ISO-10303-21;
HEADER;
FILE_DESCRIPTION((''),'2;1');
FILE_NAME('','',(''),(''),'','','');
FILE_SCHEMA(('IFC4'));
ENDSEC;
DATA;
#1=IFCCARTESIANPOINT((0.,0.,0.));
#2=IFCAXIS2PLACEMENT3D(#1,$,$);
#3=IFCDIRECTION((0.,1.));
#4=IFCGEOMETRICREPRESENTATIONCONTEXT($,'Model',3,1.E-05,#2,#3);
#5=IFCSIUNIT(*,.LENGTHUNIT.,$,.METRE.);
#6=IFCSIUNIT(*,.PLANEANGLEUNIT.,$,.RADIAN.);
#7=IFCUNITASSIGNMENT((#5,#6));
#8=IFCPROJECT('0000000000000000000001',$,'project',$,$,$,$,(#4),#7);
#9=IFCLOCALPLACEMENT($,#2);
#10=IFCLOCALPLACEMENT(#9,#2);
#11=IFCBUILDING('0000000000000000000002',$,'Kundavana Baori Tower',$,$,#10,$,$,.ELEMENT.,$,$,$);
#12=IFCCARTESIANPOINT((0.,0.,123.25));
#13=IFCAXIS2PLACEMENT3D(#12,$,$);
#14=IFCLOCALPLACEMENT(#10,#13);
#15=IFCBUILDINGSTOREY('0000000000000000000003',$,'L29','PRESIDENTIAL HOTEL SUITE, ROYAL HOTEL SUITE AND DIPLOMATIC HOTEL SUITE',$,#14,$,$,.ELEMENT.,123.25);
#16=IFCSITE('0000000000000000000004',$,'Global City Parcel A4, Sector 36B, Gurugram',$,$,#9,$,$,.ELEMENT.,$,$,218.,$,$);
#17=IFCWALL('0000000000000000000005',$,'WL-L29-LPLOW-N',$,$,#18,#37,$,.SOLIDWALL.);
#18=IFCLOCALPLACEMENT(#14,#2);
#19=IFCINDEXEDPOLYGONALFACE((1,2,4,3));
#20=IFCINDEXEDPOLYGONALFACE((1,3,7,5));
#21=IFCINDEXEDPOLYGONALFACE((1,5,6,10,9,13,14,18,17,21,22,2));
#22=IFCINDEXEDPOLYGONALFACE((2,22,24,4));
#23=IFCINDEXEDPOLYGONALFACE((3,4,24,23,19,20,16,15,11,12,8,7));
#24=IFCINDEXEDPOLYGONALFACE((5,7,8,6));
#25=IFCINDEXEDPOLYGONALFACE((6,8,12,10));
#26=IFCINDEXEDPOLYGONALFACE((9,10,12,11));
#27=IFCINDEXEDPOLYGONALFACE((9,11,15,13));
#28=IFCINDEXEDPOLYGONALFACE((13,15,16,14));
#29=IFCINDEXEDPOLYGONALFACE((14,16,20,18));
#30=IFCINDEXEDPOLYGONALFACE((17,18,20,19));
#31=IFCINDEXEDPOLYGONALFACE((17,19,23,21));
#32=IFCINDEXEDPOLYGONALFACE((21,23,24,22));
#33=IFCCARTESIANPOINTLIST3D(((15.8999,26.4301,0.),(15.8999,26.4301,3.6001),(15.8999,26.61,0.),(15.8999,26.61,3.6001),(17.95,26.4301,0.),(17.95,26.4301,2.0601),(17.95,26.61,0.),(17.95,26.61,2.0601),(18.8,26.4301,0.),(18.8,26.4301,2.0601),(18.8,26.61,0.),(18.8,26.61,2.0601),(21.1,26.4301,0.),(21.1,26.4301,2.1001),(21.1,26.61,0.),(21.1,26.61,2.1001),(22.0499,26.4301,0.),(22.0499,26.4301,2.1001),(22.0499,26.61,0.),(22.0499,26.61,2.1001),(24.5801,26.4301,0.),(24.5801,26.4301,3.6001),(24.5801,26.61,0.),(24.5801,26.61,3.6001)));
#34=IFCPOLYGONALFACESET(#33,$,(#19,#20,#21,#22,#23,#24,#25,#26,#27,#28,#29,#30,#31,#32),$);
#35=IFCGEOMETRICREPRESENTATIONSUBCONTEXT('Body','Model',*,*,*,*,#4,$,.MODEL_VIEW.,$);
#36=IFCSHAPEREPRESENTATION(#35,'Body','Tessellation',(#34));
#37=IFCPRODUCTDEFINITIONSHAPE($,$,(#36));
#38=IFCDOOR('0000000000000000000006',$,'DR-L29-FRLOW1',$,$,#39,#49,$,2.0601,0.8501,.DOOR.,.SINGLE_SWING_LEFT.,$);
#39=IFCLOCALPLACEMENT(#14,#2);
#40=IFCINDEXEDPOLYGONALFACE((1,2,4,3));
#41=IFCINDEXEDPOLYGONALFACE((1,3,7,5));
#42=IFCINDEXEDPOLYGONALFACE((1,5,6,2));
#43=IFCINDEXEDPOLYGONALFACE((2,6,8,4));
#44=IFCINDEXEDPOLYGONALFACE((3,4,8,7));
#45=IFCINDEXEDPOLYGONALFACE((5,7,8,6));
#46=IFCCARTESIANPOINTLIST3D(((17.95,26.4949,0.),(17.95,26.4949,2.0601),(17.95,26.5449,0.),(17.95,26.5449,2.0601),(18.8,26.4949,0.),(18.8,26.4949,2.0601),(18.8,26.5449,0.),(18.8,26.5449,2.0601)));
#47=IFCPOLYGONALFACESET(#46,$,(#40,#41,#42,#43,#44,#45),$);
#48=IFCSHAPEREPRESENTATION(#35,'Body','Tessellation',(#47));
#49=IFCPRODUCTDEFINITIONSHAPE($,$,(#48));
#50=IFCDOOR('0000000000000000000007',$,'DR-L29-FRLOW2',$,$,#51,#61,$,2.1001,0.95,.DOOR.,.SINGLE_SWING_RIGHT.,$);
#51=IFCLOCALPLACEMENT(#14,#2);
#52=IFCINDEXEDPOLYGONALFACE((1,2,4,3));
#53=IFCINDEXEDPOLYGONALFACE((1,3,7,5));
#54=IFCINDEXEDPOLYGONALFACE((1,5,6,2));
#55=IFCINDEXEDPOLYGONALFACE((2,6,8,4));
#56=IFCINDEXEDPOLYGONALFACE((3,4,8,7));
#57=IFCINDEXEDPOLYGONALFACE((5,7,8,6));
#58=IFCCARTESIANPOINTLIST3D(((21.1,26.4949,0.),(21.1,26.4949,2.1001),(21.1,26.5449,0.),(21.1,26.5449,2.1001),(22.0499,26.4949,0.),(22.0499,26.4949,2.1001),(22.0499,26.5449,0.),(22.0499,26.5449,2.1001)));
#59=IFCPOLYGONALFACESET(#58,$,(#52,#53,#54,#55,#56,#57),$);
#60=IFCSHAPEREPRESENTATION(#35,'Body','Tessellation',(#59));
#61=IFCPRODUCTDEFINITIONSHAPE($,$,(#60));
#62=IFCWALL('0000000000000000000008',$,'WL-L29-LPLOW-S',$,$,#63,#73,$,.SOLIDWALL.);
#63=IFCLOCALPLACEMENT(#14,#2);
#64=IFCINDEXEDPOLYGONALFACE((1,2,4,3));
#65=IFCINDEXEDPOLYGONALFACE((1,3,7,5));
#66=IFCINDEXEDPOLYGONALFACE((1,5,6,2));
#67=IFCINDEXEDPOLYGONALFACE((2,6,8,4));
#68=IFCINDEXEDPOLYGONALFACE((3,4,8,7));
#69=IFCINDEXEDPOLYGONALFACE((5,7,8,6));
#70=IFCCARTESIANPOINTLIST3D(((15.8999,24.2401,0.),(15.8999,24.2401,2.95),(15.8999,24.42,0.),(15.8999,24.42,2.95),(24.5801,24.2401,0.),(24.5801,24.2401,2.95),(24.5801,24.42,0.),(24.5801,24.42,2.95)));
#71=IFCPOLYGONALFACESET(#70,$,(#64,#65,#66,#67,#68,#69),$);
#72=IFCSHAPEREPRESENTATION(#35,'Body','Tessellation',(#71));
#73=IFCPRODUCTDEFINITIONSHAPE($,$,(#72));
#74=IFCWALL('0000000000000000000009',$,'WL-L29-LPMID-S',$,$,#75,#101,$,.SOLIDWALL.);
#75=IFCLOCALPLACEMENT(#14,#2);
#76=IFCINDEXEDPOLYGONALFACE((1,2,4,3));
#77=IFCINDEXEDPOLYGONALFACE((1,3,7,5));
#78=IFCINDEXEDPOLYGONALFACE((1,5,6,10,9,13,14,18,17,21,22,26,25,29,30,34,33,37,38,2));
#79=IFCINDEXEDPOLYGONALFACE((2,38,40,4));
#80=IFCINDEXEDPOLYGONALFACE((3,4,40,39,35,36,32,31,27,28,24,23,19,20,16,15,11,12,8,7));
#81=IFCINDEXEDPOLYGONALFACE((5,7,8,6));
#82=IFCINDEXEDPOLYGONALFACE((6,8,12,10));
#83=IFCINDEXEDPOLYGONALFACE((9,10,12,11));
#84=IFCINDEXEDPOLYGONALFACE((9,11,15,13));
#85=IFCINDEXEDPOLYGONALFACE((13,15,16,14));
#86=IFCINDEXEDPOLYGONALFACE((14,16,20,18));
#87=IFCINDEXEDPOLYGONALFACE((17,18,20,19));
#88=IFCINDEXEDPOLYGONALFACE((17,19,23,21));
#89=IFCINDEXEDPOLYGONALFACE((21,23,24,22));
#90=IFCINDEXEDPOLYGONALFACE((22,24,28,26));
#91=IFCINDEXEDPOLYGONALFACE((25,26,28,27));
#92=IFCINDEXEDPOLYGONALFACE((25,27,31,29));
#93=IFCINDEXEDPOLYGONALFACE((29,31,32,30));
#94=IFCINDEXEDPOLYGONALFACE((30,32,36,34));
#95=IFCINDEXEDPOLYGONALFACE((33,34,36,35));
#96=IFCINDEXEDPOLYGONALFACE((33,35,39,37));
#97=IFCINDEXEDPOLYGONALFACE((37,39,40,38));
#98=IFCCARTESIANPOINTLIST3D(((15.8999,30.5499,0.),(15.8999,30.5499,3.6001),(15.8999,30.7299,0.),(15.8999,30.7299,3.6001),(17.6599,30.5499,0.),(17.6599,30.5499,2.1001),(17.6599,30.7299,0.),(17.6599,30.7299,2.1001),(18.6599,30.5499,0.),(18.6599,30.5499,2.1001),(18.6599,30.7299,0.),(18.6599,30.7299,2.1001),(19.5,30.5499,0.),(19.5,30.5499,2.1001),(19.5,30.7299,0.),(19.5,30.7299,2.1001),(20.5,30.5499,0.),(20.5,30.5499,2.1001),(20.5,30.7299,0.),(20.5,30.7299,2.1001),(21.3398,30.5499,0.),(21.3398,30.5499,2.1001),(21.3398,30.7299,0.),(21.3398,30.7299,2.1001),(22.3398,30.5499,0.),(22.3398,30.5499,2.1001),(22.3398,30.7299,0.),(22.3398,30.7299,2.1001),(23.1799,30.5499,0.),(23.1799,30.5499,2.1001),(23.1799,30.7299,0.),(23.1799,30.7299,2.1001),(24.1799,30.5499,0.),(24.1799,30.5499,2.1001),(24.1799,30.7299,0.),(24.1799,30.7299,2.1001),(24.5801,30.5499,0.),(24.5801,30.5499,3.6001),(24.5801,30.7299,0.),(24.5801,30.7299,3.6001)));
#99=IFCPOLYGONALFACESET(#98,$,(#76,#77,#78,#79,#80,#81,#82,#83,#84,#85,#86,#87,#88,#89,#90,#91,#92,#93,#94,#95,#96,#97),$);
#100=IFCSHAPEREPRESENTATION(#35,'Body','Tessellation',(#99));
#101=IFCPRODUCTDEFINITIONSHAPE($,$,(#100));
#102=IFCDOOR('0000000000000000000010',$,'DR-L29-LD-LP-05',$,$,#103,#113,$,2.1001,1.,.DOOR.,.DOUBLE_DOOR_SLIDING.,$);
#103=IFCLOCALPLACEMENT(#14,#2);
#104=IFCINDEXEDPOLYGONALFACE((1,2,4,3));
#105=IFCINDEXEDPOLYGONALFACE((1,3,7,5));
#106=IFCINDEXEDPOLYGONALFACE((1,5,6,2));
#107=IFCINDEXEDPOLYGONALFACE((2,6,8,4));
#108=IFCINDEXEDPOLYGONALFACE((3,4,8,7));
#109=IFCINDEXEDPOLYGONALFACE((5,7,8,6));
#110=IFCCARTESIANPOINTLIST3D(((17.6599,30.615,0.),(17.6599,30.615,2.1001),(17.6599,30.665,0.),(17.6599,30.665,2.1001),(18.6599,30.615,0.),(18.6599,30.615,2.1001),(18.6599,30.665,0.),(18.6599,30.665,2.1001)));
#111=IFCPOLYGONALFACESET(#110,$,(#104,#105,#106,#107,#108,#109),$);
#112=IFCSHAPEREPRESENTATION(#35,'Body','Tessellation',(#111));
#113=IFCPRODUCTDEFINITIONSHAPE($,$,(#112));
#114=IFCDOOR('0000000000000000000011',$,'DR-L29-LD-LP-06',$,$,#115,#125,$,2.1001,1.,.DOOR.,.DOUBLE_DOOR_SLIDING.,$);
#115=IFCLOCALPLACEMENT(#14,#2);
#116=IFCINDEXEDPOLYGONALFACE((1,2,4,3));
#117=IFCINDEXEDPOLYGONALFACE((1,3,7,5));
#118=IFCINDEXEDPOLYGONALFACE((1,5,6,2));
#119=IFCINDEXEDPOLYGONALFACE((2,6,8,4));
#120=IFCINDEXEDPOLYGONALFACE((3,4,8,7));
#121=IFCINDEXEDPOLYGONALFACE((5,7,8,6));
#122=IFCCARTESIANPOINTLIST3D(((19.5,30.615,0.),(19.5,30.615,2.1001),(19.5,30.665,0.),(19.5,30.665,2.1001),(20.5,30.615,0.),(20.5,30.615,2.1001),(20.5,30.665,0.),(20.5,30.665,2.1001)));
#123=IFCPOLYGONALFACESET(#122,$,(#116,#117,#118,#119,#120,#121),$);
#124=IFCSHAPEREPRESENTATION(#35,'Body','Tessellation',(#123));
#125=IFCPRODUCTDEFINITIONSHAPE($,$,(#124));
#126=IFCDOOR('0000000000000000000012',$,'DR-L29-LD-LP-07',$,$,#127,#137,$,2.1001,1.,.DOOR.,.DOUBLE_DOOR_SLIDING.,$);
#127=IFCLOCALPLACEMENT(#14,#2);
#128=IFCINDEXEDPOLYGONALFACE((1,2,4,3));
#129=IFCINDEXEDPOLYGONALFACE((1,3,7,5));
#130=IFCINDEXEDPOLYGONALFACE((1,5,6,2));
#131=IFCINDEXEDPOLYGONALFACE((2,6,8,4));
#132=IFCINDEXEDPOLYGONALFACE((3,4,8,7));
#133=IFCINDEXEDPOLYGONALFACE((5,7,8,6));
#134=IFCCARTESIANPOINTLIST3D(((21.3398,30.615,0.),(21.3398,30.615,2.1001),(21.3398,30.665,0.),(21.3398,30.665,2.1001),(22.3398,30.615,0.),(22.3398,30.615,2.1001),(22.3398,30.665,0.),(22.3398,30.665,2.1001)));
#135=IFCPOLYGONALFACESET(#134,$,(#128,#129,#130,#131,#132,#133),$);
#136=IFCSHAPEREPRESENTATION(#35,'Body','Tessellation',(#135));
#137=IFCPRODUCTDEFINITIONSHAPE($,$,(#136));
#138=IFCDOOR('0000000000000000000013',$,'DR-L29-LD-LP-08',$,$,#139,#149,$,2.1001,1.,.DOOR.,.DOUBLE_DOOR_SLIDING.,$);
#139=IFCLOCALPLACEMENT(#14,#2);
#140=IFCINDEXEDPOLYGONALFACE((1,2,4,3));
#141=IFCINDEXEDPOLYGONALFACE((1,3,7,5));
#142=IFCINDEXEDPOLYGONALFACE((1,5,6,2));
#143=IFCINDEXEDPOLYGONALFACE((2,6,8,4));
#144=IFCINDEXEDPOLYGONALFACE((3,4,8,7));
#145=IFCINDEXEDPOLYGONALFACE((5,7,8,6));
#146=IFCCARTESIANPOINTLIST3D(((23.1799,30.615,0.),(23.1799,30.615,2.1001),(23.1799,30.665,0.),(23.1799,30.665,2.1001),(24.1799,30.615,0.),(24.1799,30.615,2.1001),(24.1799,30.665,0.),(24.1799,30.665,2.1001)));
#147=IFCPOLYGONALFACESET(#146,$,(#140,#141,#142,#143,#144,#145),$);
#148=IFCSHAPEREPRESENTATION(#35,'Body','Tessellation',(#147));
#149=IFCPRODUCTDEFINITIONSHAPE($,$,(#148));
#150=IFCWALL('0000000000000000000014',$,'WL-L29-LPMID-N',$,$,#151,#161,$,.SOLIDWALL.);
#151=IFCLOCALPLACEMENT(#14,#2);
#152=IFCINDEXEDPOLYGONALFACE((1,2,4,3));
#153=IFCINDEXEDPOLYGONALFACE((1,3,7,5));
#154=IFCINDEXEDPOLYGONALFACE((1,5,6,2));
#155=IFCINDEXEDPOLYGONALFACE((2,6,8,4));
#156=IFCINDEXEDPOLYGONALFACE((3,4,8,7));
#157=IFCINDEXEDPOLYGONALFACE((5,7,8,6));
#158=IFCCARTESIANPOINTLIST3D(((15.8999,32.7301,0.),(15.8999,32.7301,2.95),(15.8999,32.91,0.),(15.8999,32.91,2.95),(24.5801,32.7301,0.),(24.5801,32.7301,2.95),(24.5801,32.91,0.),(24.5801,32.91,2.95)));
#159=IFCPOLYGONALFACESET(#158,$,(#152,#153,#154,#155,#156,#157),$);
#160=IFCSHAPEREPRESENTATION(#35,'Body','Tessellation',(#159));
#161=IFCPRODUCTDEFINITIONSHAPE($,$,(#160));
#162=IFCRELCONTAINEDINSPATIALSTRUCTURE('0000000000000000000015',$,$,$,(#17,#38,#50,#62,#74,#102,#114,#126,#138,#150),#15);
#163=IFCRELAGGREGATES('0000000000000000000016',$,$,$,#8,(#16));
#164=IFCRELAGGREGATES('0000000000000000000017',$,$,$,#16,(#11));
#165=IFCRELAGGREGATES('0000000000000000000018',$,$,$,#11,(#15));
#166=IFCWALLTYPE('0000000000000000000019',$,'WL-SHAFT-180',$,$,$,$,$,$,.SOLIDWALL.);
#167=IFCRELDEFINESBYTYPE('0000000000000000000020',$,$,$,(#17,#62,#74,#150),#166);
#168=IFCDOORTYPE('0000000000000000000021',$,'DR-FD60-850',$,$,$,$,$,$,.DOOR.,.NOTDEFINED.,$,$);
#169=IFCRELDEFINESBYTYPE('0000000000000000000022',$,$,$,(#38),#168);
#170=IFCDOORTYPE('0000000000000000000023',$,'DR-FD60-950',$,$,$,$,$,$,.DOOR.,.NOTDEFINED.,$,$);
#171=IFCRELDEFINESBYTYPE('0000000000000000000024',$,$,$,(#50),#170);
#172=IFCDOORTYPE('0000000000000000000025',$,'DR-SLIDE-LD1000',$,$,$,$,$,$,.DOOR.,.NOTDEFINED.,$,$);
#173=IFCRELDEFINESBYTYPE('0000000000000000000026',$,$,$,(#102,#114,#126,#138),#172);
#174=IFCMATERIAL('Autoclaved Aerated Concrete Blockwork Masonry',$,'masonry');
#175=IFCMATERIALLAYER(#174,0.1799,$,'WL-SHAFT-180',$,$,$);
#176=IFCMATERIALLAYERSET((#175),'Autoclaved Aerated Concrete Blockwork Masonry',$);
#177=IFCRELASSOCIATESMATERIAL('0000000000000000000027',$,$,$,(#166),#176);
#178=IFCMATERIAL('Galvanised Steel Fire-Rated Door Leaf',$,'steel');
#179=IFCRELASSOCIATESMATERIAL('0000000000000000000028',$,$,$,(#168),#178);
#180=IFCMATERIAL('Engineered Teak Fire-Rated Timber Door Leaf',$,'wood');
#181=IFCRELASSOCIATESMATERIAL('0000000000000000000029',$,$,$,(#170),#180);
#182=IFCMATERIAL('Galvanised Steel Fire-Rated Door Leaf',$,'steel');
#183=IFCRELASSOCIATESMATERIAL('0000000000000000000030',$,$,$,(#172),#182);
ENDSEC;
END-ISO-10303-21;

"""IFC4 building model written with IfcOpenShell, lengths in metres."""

from ifc_helpers import new_model, si_unit, direction, frame, frame_2d, origin, place, context, subcontext, project, spatial, rectangle, extrude, material, layer, layer_set, type_object, element, fill, save


model = new_model("IFC4")

# Units and contexts
model_context = context("Model", 3, precision=1e-05, world=origin(), true_north=direction((0.0, 1.0)))
body_context = subcontext(model_context, "Body", "Model", "MODEL_VIEW")
ifc_project = project(units=[si_unit("LENGTHUNIT", "METRE"), si_unit("PLANEANGLEUNIT", "RADIAN")], contexts=[model_context])

# Site, building, storey
site_placement = place(None, origin())
site = spatial("IfcSite", under=ifc_project, at=site_placement, Name="Global City Parcel A4, Sector 36B, Gurugram", CompositionType="ELEMENT", RefElevation=218.0)
building_placement = place(site_placement, origin())
building = spatial("IfcBuilding", under=site, at=building_placement, Name="Kundavana Baori Tower", CompositionType="ELEMENT")
storey_placement = place(building_placement, frame((0.0, 0.0, 123.25)))
storey = spatial("IfcBuildingStorey", under=building, at=storey_placement, Name="L29", Description="PRESIDENTIAL HOTEL SUITE, ROYAL HOTEL SUITE AND DIPLOMATIC HOTEL SUITE", CompositionType="ELEMENT", Elevation=123.25)

# Wall, openings, doors
ifc_material_1 = material(Name="Autoclaved Aerated Concrete Blockwork Masonry", Category="masonry")
ifc_layer_1 = layer(ifc_material_1, 0.1799, Name="WL-SHAFT-180")
ifc_layer_set_1 = layer_set([ifc_layer_1], Name="Autoclaved Aerated Concrete Blockwork Masonry")
wall_type_1 = type_object("IfcWallType", Name="WL-SHAFT-180", PredefinedType="SOLIDWALL", material=ifc_layer_set_1)
wall_1_placement = place(storey_placement, frame((15.8999, 26.52, 0.0), z_axis=(0.0, 0.0, 1.0), x_axis=(1.0, 0.0, 0.0)))
wall_1 = element("IfcWall", 1, at=wall_1_placement, inside=storey, type_object=wall_type_1, Name="WL-L29-LPLOW-N", PredefinedType="SOLIDWALL", context=body_context, shape_type="SweptSolid", body=[
    extrude(rectangle(XDim=8.6802, YDim=0.1799, at=frame_2d((4.3401, 0.0))), origin(), (0.0, 0.0, 1.0), 3.6001),
])
opening_1_placement = place(wall_1_placement, frame((2.05, 0.0, 0.0)))
opening_1 = element("IfcOpeningElement", 2, at=opening_1_placement, cuts=wall_1, PredefinedType="OPENING", context=body_context, shape_type="SweptSolid", body=[
    extrude(rectangle(XDim=0.8501, YDim=2.0601, at=frame_2d((0.425, 1.03))), frame((0.0, 0.1001, 0.0), z_axis=(0.0, -1.0, 0.0), x_axis=(1.0, 0.0, 0.0)), (0.0, 0.0, 1.0), 0.2),
])
opening_2_placement = place(wall_1_placement, frame((5.2, 0.0, 0.0)))
opening_2 = element("IfcOpeningElement", 3, at=opening_2_placement, cuts=wall_1, PredefinedType="OPENING", context=body_context, shape_type="SweptSolid", body=[
    extrude(rectangle(XDim=0.95, YDim=2.1001, at=frame_2d((0.4751, 1.05))), frame((0.0, 0.1001, 0.0), z_axis=(0.0, -1.0, 0.0), x_axis=(1.0, 0.0, 0.0)), (0.0, 0.0, 1.0), 0.2),
])
ifc_material_2 = material(Name="Galvanised Steel Fire-Rated Door Leaf", Category="steel")
door_type_1 = type_object("IfcDoorType", Name="DR-FD60-850", OperationType="NOTDEFINED", PredefinedType="DOOR", material=ifc_material_2)
door_1_placement = place(opening_1_placement, origin())
door_1 = element("IfcDoor", 4, at=door_1_placement, inside=storey, type_object=door_type_1, Name="DR-L29-FRLOW1", OperationType="SINGLE_SWING_LEFT", OverallHeight=2.0601, OverallWidth=0.8501, PredefinedType="DOOR", context=body_context, shape_type="SweptSolid", body=[
    extrude(rectangle(XDim=0.8501, YDim=2.0601, at=frame_2d((0.425, 1.03))), frame((0.0, 0.0249, 0.0), z_axis=(0.0, -1.0, 0.0), x_axis=(1.0, 0.0, 0.0)), (0.0, 0.0, 1.0), 0.05),
])
fill(opening_1, door_1)
ifc_material_3 = material(Name="Engineered Teak Fire-Rated Timber Door Leaf", Category="wood")
door_type_2 = type_object("IfcDoorType", Name="DR-FD60-950", OperationType="NOTDEFINED", PredefinedType="DOOR", material=ifc_material_3)
door_2_placement = place(opening_2_placement, origin())
door_2 = element("IfcDoor", 5, at=door_2_placement, inside=storey, type_object=door_type_2, Name="DR-L29-FRLOW2", OperationType="SINGLE_SWING_RIGHT", OverallHeight=2.1001, OverallWidth=0.95, PredefinedType="DOOR", context=body_context, shape_type="SweptSolid", body=[
    extrude(rectangle(XDim=0.95, YDim=2.1001, at=frame_2d((0.4751, 1.05))), frame((0.0, 0.0249, 0.0), z_axis=(0.0, -1.0, 0.0), x_axis=(1.0, 0.0, 0.0)), (0.0, 0.0, 1.0), 0.05),
])
fill(opening_2, door_2)

# Wall
wall_2_placement = place(storey_placement, frame((15.8999, 24.3301, 0.0), z_axis=(0.0, 0.0, 1.0), x_axis=(1.0, 0.0, 0.0)))
element("IfcWall", 6, at=wall_2_placement, inside=storey, type_object=wall_type_1, Name="WL-L29-LPLOW-S", PredefinedType="SOLIDWALL", context=body_context, shape_type="SweptSolid", body=[
    extrude(rectangle(XDim=8.6802, YDim=0.1799, at=frame_2d((4.3401, 0.0))), origin(), (0.0, 0.0, 1.0), 2.95),
])

# Wall, openings, doors
wall_3_placement = place(storey_placement, frame((15.8999, 30.6399, 0.0), z_axis=(0.0, 0.0, 1.0), x_axis=(1.0, 0.0, 0.0)))
wall_3 = element("IfcWall", 7, at=wall_3_placement, inside=storey, type_object=wall_type_1, Name="WL-L29-LPMID-S", PredefinedType="SOLIDWALL", context=body_context, shape_type="SweptSolid", body=[
    extrude(rectangle(XDim=8.6802, YDim=0.1799, at=frame_2d((4.3401, 0.0))), origin(), (0.0, 0.0, 1.0), 3.6001),
])
opening_3_placement = place(wall_3_placement, frame((1.76, 0.0, 0.0)))
opening_3 = element("IfcOpeningElement", 8, at=opening_3_placement, cuts=wall_3, PredefinedType="OPENING", context=body_context, shape_type="SweptSolid", body=[
    extrude(rectangle(XDim=1.0, YDim=2.1001, at=frame_2d((0.5, 1.05))), frame((0.0, 0.1001, 0.0), z_axis=(0.0, -1.0, 0.0), x_axis=(1.0, 0.0, 0.0)), (0.0, 0.0, 1.0), 0.2),
])
opening_4_placement = place(wall_3_placement, frame((3.6001, 0.0, 0.0)))
opening_4 = element("IfcOpeningElement", 9, at=opening_4_placement, cuts=wall_3, PredefinedType="OPENING", context=body_context, shape_type="SweptSolid", body=[
    extrude(rectangle(XDim=1.0, YDim=2.1001, at=frame_2d((0.5, 1.05))), frame((0.0, 0.1001, 0.0), z_axis=(0.0, -1.0, 0.0), x_axis=(1.0, 0.0, 0.0)), (0.0, 0.0, 1.0), 0.2),
])
opening_5_placement = place(wall_3_placement, frame((5.4399, 0.0, 0.0)))
opening_5 = element("IfcOpeningElement", 10, at=opening_5_placement, cuts=wall_3, PredefinedType="OPENING", context=body_context, shape_type="SweptSolid", body=[
    extrude(rectangle(XDim=1.0, YDim=2.1001, at=frame_2d((0.5, 1.05))), frame((0.0, 0.1001, 0.0), z_axis=(0.0, -1.0, 0.0), x_axis=(1.0, 0.0, 0.0)), (0.0, 0.0, 1.0), 0.2),
])
opening_6_placement = place(wall_3_placement, frame((7.28, 0.0, 0.0)))
opening_6 = element("IfcOpeningElement", 11, at=opening_6_placement, cuts=wall_3, PredefinedType="OPENING", context=body_context, shape_type="SweptSolid", body=[
    extrude(rectangle(XDim=1.0, YDim=2.1001, at=frame_2d((0.5, 1.05))), frame((0.0, 0.1001, 0.0), z_axis=(0.0, -1.0, 0.0), x_axis=(1.0, 0.0, 0.0)), (0.0, 0.0, 1.0), 0.2),
])
ifc_material_4 = material(Name="Galvanised Steel Fire-Rated Door Leaf", Category="steel")
door_type_3 = type_object("IfcDoorType", Name="DR-SLIDE-LD1000", OperationType="NOTDEFINED", PredefinedType="DOOR", material=ifc_material_4)
door_3_placement = place(opening_3_placement, frame((1.0, 0.0, 0.0), z_axis=(0.0, 0.0, 1.0), x_axis=(-1.0, 0.0, 0.0)))
door_3 = element("IfcDoor", 12, at=door_3_placement, inside=storey, type_object=door_type_3, Name="DR-L29-LD-LP-05", OperationType="DOUBLE_DOOR_SLIDING", OverallHeight=2.1001, OverallWidth=1.0, PredefinedType="DOOR", context=body_context, shape_type="SweptSolid", body=[
    extrude(rectangle(XDim=1.0, YDim=2.1001, at=frame_2d((0.5, 1.05))), frame((0.0, 0.0249, 0.0), z_axis=(0.0, -1.0, 0.0), x_axis=(1.0, 0.0, 0.0)), (0.0, 0.0, 1.0), 0.05),
])
fill(opening_3, door_3)
door_4_placement = place(opening_4_placement, frame((1.0, 0.0, 0.0), z_axis=(0.0, 0.0, 1.0), x_axis=(-1.0, 0.0, 0.0)))
door_4 = element("IfcDoor", 13, at=door_4_placement, inside=storey, type_object=door_type_3, Name="DR-L29-LD-LP-06", OperationType="DOUBLE_DOOR_SLIDING", OverallHeight=2.1001, OverallWidth=1.0, PredefinedType="DOOR", context=body_context, shape_type="SweptSolid", body=[
    extrude(rectangle(XDim=1.0, YDim=2.1001, at=frame_2d((0.5, 1.05))), frame((0.0, 0.0249, 0.0), z_axis=(0.0, -1.0, 0.0), x_axis=(1.0, 0.0, 0.0)), (0.0, 0.0, 1.0), 0.05),
])
fill(opening_4, door_4)
door_5_placement = place(opening_5_placement, frame((1.0, 0.0, 0.0), z_axis=(0.0, 0.0, 1.0), x_axis=(-1.0, 0.0, 0.0)))
door_5 = element("IfcDoor", 14, at=door_5_placement, inside=storey, type_object=door_type_3, Name="DR-L29-LD-LP-07", OperationType="DOUBLE_DOOR_SLIDING", OverallHeight=2.1001, OverallWidth=1.0, PredefinedType="DOOR", context=body_context, shape_type="SweptSolid", body=[
    extrude(rectangle(XDim=1.0, YDim=2.1001, at=frame_2d((0.5, 1.05))), frame((0.0, 0.0249, 0.0), z_axis=(0.0, -1.0, 0.0), x_axis=(1.0, 0.0, 0.0)), (0.0, 0.0, 1.0), 0.05),
])
fill(opening_5, door_5)
door_6_placement = place(opening_6_placement, frame((1.0, 0.0, 0.0), z_axis=(0.0, 0.0, 1.0), x_axis=(-1.0, 0.0, 0.0)))
door_6 = element("IfcDoor", 15, at=door_6_placement, inside=storey, type_object=door_type_3, Name="DR-L29-LD-LP-08", OperationType="DOUBLE_DOOR_SLIDING", OverallHeight=2.1001, OverallWidth=1.0, PredefinedType="DOOR", context=body_context, shape_type="SweptSolid", body=[
    extrude(rectangle(XDim=1.0, YDim=2.1001, at=frame_2d((0.5, 1.05))), frame((0.0, 0.0249, 0.0), z_axis=(0.0, -1.0, 0.0), x_axis=(1.0, 0.0, 0.0)), (0.0, 0.0, 1.0), 0.05),
])
fill(opening_6, door_6)

# Wall
wall_4_placement = place(storey_placement, frame((15.8999, 32.8201, 0.0), z_axis=(0.0, 0.0, 1.0), x_axis=(1.0, 0.0, 0.0)))
element("IfcWall", 16, at=wall_4_placement, inside=storey, type_object=wall_type_1, Name="WL-L29-LPMID-N", PredefinedType="SOLIDWALL", context=body_context, shape_type="SweptSolid", body=[
    extrude(rectangle(XDim=8.6802, YDim=0.1799, at=frame_2d((4.3401, 0.0))), origin(), (0.0, 0.0, 1.0), 2.95),
])

save(model, "model.ifc")
